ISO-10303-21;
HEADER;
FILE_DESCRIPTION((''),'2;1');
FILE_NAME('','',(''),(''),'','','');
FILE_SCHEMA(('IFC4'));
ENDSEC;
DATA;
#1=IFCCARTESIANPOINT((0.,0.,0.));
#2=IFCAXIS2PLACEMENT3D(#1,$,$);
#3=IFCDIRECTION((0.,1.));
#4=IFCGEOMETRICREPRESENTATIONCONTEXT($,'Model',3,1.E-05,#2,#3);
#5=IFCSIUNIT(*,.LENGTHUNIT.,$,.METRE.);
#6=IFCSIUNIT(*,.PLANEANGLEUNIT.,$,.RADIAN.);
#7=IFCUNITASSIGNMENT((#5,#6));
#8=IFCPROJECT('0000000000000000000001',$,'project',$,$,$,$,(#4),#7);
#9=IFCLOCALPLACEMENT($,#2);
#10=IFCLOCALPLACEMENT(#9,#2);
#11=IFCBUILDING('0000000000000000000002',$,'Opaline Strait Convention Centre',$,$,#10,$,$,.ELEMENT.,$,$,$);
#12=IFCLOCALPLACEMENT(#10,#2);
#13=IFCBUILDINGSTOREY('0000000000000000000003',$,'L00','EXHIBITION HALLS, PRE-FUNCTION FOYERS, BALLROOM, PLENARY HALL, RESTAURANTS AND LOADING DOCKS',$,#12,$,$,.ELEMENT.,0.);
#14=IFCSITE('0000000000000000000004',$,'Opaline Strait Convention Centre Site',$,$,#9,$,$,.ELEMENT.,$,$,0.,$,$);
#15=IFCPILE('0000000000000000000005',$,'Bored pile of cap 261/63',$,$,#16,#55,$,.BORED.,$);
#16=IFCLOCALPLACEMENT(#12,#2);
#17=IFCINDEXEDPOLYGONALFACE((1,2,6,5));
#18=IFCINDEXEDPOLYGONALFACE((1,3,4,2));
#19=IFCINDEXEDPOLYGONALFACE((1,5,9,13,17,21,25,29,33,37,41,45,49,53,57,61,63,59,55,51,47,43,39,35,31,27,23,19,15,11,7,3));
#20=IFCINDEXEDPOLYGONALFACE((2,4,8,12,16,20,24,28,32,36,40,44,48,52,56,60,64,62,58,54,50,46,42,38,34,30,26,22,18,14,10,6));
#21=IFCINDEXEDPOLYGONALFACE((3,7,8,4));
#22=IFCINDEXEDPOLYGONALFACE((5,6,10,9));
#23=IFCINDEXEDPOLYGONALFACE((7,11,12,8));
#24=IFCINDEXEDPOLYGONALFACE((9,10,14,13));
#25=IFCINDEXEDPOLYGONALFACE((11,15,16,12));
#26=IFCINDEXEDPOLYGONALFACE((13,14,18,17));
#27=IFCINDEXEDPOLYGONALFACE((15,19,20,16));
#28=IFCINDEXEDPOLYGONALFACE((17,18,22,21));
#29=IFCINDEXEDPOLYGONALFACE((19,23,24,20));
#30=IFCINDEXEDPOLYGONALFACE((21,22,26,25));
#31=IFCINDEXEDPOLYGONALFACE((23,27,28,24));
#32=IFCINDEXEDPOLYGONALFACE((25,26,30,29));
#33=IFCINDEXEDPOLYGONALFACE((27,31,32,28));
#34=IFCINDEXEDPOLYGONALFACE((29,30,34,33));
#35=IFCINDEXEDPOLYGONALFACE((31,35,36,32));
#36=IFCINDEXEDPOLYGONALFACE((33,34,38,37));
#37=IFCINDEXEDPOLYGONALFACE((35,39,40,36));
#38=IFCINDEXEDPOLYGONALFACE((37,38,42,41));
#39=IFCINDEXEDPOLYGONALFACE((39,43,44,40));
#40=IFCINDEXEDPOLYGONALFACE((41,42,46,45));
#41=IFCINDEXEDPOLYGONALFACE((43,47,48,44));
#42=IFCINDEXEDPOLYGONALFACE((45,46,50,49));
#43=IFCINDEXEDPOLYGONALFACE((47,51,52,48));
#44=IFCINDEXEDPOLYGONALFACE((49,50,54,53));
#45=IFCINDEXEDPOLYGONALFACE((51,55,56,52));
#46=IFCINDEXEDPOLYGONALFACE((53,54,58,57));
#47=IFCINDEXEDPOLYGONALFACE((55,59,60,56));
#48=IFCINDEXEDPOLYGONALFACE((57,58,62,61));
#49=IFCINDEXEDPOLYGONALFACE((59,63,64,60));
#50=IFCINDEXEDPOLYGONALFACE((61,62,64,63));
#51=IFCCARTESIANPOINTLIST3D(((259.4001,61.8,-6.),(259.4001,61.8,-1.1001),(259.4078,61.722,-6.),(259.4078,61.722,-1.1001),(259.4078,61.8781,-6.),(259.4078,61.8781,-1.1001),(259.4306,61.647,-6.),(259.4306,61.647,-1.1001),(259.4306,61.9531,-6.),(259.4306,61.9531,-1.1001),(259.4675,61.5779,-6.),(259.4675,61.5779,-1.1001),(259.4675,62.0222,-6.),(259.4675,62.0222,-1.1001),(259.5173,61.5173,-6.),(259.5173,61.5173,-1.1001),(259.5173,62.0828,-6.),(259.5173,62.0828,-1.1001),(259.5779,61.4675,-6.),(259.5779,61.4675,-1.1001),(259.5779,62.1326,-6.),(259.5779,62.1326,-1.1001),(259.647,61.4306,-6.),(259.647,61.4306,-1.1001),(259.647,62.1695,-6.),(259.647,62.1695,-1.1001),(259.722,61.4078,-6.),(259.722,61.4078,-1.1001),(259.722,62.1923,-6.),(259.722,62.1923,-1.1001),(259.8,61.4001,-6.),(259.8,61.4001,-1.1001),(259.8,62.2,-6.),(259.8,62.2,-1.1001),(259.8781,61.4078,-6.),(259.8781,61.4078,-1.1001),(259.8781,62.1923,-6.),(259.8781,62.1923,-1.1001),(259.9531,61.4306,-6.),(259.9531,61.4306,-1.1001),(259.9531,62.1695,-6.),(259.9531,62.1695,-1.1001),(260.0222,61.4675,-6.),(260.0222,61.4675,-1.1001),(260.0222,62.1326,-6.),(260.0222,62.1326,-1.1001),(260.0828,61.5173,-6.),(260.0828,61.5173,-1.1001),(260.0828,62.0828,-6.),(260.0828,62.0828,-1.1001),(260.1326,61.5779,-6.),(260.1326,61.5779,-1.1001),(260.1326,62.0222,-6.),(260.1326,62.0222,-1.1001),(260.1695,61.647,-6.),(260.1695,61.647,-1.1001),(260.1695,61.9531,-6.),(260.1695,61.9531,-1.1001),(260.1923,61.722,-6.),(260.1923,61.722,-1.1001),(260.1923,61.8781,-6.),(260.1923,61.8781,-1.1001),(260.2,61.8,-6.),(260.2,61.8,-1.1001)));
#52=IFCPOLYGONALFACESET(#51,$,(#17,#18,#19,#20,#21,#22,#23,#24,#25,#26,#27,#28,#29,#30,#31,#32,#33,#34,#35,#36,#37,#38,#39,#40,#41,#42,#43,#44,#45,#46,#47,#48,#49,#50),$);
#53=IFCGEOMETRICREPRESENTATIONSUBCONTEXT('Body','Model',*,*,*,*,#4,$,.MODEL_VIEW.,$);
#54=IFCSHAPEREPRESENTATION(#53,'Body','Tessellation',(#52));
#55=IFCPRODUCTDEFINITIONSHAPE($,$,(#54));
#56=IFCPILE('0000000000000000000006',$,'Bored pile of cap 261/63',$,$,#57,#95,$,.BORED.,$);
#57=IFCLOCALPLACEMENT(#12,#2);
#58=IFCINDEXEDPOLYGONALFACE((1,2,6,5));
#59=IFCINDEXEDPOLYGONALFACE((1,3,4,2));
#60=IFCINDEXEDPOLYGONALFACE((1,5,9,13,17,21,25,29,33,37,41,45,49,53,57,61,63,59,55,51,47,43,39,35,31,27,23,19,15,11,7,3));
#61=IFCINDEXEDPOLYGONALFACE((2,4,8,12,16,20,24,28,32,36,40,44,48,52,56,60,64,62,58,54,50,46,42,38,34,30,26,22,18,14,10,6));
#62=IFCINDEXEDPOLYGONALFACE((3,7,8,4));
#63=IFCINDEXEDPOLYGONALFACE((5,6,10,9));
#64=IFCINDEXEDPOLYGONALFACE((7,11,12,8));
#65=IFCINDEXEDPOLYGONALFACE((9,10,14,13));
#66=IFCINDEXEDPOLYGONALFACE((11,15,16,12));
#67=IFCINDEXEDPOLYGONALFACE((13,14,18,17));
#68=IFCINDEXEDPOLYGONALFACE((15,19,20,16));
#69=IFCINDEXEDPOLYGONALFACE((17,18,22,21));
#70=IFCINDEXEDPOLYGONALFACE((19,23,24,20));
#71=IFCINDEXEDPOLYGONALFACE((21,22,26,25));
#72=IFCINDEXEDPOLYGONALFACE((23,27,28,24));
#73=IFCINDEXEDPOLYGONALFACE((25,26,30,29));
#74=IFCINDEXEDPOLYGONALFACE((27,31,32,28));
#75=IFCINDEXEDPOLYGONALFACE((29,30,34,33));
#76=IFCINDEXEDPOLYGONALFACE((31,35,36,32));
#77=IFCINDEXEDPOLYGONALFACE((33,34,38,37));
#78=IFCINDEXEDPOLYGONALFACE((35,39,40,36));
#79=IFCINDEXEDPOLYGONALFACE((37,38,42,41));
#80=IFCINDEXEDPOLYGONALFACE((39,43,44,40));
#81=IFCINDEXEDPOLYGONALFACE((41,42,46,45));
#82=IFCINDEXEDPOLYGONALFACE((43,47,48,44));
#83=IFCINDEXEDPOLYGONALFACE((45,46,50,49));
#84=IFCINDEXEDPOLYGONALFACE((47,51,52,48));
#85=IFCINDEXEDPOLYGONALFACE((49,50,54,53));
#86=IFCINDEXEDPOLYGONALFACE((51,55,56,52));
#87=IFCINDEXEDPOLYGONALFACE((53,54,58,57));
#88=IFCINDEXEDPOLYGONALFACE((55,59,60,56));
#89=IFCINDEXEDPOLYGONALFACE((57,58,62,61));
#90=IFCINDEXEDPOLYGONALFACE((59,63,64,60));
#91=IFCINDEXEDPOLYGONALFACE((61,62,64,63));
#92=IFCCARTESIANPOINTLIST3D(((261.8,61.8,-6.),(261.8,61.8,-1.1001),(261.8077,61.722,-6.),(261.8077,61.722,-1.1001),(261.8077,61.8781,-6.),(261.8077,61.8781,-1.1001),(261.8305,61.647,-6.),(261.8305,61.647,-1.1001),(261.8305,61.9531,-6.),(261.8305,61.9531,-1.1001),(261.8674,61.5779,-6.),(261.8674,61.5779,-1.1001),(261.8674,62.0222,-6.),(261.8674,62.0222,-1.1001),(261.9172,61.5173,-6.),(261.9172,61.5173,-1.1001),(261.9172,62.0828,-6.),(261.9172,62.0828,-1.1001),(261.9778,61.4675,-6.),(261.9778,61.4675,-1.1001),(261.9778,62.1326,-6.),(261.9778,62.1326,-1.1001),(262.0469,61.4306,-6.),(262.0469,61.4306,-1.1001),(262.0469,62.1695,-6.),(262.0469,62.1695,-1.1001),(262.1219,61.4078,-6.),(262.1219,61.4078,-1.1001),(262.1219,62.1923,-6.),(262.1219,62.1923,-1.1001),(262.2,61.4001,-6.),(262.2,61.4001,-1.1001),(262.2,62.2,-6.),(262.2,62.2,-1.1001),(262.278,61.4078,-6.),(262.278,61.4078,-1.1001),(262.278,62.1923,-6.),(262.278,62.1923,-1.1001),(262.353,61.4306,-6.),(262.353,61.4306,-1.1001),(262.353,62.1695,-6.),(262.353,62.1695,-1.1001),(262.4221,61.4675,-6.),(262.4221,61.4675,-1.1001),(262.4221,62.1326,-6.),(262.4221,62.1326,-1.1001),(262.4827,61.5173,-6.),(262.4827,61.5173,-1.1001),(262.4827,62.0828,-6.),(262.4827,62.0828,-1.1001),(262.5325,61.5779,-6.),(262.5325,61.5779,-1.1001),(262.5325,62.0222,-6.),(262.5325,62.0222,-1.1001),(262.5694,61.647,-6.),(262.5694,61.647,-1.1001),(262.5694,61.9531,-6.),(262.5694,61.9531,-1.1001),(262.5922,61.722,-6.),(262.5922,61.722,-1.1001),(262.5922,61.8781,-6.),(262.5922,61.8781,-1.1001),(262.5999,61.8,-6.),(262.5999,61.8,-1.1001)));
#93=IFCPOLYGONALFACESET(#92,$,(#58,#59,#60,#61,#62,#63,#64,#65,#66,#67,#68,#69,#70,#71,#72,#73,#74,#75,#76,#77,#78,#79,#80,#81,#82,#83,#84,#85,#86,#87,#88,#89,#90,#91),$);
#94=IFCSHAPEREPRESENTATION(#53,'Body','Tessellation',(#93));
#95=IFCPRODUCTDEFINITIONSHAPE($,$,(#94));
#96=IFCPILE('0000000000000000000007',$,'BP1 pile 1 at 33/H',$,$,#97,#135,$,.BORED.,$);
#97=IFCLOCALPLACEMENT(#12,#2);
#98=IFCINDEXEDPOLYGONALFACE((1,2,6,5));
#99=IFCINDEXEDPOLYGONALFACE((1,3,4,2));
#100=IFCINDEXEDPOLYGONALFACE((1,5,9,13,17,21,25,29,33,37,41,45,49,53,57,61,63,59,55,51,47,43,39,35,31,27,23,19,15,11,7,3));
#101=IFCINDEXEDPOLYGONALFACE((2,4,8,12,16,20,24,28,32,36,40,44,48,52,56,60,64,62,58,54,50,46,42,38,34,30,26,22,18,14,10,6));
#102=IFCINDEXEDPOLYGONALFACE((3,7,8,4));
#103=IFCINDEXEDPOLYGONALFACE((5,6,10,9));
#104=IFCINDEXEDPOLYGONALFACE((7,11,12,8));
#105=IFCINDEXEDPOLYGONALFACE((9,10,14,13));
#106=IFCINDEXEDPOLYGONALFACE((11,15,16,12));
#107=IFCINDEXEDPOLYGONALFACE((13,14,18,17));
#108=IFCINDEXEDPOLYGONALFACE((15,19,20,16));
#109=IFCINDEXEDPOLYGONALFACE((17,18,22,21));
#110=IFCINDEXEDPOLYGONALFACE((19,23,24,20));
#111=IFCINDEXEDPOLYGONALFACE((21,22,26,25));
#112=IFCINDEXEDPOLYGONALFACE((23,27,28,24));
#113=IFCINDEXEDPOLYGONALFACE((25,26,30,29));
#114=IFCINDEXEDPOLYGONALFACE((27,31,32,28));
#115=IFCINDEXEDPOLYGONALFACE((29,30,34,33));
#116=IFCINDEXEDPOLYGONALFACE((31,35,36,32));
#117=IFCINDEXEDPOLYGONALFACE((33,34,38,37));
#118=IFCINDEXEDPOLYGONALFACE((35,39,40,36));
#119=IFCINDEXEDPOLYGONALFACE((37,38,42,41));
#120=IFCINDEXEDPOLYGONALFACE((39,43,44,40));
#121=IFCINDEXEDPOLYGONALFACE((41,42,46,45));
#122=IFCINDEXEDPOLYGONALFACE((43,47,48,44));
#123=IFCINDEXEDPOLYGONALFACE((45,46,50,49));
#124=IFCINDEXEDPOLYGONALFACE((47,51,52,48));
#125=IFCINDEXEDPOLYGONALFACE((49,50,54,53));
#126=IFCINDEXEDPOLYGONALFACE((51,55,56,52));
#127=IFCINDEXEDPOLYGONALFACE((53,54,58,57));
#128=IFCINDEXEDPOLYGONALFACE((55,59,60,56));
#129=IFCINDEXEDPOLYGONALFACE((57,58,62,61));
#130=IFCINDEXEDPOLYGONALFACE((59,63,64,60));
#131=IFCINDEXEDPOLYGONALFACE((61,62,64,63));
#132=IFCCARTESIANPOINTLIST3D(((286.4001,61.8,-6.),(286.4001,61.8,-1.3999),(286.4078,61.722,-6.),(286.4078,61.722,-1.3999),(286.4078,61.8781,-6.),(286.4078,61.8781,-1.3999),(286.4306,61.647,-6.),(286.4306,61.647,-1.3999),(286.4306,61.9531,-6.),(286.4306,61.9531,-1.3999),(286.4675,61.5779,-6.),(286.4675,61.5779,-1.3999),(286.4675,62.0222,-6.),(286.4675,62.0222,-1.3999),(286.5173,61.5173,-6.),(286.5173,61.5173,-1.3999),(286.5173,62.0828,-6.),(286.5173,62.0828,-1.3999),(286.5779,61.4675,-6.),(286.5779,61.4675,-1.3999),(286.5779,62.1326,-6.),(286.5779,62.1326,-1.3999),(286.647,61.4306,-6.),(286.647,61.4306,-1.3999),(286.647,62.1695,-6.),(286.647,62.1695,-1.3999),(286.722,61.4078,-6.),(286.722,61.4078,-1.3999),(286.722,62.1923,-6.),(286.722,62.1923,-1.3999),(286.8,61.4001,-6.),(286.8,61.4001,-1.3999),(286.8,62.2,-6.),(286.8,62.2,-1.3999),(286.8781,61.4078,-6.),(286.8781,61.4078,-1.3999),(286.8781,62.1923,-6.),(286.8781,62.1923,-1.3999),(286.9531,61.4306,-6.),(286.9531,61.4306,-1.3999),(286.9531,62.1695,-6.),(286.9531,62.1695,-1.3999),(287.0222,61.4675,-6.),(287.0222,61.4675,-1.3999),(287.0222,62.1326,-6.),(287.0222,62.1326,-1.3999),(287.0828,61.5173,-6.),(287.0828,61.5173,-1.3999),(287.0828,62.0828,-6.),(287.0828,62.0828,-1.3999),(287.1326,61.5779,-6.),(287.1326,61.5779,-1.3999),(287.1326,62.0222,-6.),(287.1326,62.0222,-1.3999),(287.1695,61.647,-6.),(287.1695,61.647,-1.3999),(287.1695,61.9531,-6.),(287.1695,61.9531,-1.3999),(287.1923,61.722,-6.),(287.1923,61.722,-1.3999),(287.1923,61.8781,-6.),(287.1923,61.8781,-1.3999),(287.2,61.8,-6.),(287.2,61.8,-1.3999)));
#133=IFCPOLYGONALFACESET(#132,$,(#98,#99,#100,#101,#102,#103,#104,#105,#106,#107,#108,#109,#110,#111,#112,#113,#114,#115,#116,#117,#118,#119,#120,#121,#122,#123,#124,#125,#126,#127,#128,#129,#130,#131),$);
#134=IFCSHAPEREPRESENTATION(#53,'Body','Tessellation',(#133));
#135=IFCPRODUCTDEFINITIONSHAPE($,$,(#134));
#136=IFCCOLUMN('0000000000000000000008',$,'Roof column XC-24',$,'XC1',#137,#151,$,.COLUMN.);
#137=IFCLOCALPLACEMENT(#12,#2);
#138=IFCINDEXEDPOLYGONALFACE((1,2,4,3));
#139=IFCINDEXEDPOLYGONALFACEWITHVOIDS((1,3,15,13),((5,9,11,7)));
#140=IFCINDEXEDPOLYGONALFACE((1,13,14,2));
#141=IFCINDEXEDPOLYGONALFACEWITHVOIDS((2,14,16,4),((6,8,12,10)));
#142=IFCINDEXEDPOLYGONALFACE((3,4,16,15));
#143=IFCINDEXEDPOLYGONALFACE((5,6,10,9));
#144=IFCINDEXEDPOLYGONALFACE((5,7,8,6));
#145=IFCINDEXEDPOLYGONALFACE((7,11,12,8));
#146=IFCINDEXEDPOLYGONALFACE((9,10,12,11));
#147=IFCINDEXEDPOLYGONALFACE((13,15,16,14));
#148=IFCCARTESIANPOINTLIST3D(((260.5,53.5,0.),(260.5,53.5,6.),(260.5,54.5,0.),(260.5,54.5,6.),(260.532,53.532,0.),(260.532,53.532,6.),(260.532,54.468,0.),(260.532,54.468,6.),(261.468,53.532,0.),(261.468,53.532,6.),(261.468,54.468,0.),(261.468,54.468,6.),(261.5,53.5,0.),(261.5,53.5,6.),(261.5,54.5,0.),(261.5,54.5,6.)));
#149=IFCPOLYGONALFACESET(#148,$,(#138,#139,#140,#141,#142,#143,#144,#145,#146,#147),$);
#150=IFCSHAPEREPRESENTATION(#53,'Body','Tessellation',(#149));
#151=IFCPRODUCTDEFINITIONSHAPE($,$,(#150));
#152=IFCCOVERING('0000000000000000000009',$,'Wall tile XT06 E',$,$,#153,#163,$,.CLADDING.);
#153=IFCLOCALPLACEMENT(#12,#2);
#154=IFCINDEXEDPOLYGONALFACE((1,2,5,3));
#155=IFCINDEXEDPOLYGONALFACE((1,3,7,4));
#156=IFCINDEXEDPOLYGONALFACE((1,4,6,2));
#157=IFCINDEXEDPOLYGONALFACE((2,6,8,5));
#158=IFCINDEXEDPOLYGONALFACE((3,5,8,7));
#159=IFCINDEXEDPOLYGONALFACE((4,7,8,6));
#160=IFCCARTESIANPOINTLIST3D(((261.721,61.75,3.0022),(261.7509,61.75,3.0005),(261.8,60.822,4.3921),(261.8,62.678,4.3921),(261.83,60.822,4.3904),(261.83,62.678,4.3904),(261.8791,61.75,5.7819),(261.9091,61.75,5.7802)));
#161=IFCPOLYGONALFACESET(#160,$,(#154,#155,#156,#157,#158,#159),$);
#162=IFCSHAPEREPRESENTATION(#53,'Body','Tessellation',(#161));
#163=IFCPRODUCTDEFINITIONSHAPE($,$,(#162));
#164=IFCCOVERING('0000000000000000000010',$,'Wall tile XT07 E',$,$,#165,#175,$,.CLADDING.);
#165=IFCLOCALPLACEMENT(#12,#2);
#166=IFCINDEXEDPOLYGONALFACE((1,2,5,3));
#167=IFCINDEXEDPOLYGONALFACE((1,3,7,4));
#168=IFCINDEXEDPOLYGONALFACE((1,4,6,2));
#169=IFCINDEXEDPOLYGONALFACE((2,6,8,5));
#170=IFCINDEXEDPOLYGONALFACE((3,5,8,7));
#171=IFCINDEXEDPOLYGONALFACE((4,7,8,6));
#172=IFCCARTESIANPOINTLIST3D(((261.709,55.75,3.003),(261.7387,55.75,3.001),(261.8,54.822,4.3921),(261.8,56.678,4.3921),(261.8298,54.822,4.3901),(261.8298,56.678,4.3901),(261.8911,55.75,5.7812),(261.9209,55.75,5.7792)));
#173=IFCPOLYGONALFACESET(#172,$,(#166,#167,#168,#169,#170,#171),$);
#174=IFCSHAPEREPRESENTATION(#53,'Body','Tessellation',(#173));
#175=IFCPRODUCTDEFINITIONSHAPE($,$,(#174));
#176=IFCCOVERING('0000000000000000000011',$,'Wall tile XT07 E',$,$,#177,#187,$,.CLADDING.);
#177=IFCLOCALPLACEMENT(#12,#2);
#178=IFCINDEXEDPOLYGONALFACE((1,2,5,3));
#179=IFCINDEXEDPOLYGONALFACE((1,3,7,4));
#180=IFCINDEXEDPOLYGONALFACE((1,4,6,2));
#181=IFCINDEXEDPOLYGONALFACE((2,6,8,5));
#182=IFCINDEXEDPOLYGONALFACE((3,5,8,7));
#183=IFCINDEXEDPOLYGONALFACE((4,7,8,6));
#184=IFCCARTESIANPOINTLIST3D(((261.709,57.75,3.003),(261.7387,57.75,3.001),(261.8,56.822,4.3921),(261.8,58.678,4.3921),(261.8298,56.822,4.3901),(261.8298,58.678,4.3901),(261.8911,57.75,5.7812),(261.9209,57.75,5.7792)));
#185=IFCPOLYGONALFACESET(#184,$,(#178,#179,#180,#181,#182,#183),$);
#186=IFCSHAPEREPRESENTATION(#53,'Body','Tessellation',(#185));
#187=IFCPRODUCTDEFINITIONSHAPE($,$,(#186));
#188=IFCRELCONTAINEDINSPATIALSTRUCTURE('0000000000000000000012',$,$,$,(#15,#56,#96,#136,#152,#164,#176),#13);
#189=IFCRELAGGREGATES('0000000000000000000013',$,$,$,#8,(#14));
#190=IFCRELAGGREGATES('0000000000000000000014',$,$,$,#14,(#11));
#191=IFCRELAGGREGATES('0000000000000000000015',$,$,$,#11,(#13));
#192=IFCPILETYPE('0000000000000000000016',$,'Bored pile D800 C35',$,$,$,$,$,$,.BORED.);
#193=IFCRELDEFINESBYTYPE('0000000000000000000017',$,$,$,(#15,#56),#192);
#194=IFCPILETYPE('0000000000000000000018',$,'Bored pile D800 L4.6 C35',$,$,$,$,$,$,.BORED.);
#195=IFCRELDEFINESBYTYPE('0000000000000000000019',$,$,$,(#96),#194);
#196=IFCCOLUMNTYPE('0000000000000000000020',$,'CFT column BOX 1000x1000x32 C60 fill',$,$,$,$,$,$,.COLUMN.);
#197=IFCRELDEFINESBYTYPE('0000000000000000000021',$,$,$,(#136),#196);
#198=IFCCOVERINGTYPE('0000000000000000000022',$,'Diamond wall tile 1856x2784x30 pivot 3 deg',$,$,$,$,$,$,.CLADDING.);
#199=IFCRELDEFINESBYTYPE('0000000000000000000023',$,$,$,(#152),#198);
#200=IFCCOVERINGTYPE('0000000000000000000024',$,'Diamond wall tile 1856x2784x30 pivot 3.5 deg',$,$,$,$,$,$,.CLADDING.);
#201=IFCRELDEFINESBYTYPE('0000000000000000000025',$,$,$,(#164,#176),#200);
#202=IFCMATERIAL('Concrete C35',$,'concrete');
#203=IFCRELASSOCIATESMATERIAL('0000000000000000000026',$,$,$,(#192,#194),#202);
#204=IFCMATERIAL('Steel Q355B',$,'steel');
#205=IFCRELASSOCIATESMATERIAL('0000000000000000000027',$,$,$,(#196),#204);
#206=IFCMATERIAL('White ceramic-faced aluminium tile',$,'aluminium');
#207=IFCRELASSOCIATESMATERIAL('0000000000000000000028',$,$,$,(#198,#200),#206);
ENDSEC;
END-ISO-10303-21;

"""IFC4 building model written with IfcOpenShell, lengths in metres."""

from ifc_helpers import new_model, si_unit, direction, frame, origin, origin_2d, place, context, subcontext, project, spatial, polyline, hollow_rectangle, circle, outline, extrude, material, material_profile, profile_set, type_object, element, save


model = new_model("IFC4")

# Units and contexts
model_context = context("Model", 3, precision=1e-05, world=origin(), true_north=direction((0.0, 1.0)))
body_context = subcontext(model_context, "Body", "Model", "MODEL_VIEW")
ifc_project = project(units=[si_unit("LENGTHUNIT", "METRE"), si_unit("PLANEANGLEUNIT", "RADIAN")], contexts=[model_context])

# Site, building, storey
site_placement = place(None, origin())
site = spatial("IfcSite", under=ifc_project, at=site_placement, Name="Opaline Strait Convention Centre Site", CompositionType="ELEMENT", RefElevation=0.0)
building_placement = place(site_placement, origin())
building = spatial("IfcBuilding", under=site, at=building_placement, Name="Opaline Strait Convention Centre", CompositionType="ELEMENT")
storey_placement = place(building_placement, origin())
storey = spatial("IfcBuildingStorey", under=building, at=storey_placement, Name="L00", Description="EXHIBITION HALLS, PRE-FUNCTION FOYERS, BALLROOM, PLENARY HALL, RESTAURANTS AND LOADING DOCKS", CompositionType="ELEMENT", Elevation=0.0)

# Piles
ifc_material_1 = material(Name="Concrete C35", Category="concrete")
ifc_material_profile_1 = material_profile(ifc_material_1, circle(Radius=0.3999, at=origin_2d()), Name="D800")
ifc_profile_set_1 = profile_set([ifc_material_profile_1], Name="Concrete C35")
pile_type_1 = type_object("IfcPileType", Name="Bored pile D800 C35", PredefinedType="BORED", material=ifc_profile_set_1)
for number, where, z_axis, x_axis, name in (
    (1, (259.8, 61.8, -1.1001), (0.0, 0.0, -1.0), (1.0, 0.0, 0.0), "Bored pile of cap 261/63"),
    (2, (262.2, 61.8, -1.1001), (0.0, 0.0, -1.0), (1.0, 0.0, 0.0), "Bored pile of cap 261/63"),
):
    element("IfcPile", number, at=place(storey_placement, frame(where, z_axis=z_axis, x_axis=x_axis)), inside=storey, type_object=pile_type_1, Name=name, PredefinedType="BORED", context=body_context, shape_type="SweptSolid", body=[
        extrude(circle(Radius=0.3999, at=origin_2d()), origin(), (0.0, 0.0, 1.0), 4.8999),
    ])
ifc_material_profile_2 = material_profile(ifc_material_1, circle(Radius=0.3999, at=origin_2d()), Name="D800")
ifc_profile_set_2 = profile_set([ifc_material_profile_2], Name="Concrete C35")
pile_type_2 = type_object("IfcPileType", Name="Bored pile D800 L4.6 C35", PredefinedType="BORED", material=ifc_profile_set_2)
pile_placement = place(storey_placement, frame((286.8, 61.8, -1.3999), z_axis=(0.0, 0.0, -1.0), x_axis=(1.0, 0.0, 0.0)))
element("IfcPile", 3, at=pile_placement, inside=storey, type_object=pile_type_2, Name="BP1 pile 1 at 33/H", PredefinedType="BORED", context=body_context, shape_type="SweptSolid", body=[
    extrude(circle(Radius=0.3999, at=origin_2d()), origin(), (0.0, 0.0, 1.0), 4.6001),
])

# Column
ifc_material_2 = material(Name="Steel Q355B", Category="steel")
ifc_material_profile_3 = material_profile(ifc_material_2, hollow_rectangle(XDim=1.0, YDim=1.0, WallThickness=0.032, at=origin_2d()), Name="BOX 1000x1000x32")
ifc_profile_set_3 = profile_set([ifc_material_profile_3], Name="Steel Q355B")
column_type = type_object("IfcColumnType", Name="CFT column BOX 1000x1000x32 C60 fill", PredefinedType="COLUMN", material=ifc_profile_set_3)
column_placement = place(storey_placement, frame((261.0, 54.0, 0.0), z_axis=(0.0, 0.0, 1.0), x_axis=(1.0, 0.0, 0.0)))
element("IfcColumn", 4, at=column_placement, inside=storey, type_object=column_type, Name="Roof column XC-24", ObjectType="XC1", PredefinedType="COLUMN", context=body_context, shape_type="SweptSolid", body=[
    extrude(hollow_rectangle(XDim=1.0, YDim=1.0, WallThickness=0.032, at=origin_2d()), origin(), (0.0, 0.0, 1.0), 6.0),
])

# Coverings
ifc_material_3 = material(Name="White ceramic-faced aluminium tile", Category="aluminium")
ifc_material_profile_4 = material_profile(ifc_material_3, outline(polyline([(0.928, 0.0), (0.0, 1.3921), (-0.928, 0.0), (0.0, -1.3921), (0.928, 0.0)])), Name="Diamond tile 1856x2784")
ifc_profile_set_4 = profile_set([ifc_material_profile_4], Name="White ceramic-faced aluminium tile")
covering_type_1 = type_object("IfcCoveringType", Name="Diamond wall tile 1856x2784x30 pivot 3 deg", PredefinedType="CLADDING", material=ifc_profile_set_4)
covering_1_placement = place(storey_placement, frame((261.8, 61.75, 4.3921), z_axis=(0.998385, 0.0, -0.056819), x_axis=(0.0, 1.0, 0.0)))
element("IfcCovering", 5, at=covering_1_placement, inside=storey, type_object=covering_type_1, Name="Wall tile XT06 E", PredefinedType="CLADDING", context=body_context, shape_type="SweptSolid", body=[
    extrude(outline(polyline([(0.928, 0.0), (0.0, 1.3921), (-0.928, 0.0), (0.0, -1.3921), (0.928, 0.0)])), origin(), (0.0, 0.0, 1.0), 0.03),
])
ifc_material_profile_5 = material_profile(ifc_material_3, outline(polyline([(0.928, 0.0), (0.0, 1.3921), (-0.928, 0.0), (0.0, -1.3921), (0.928, 0.0)])), Name="Diamond tile 1856x2784")
ifc_profile_set_5 = profile_set([ifc_material_profile_5], Name="White ceramic-faced aluminium tile")
covering_type_2 = type_object("IfcCoveringType", Name="Diamond wall tile 1856x2784x30 pivot 3.5 deg", PredefinedType="CLADDING", material=ifc_profile_set_5)
for number, where, z_axis, x_axis, name in (
    (6, (261.8, 55.75, 4.3921), (0.997857, 0.0, -0.065433), (0.0, 1.0, 0.0), "Wall tile XT07 E"),
    (7, (261.8, 57.75, 4.3921), (0.997857, 0.0, -0.065433), (0.0, 1.0, 0.0), "Wall tile XT07 E"),
):
    element("IfcCovering", number, at=place(storey_placement, frame(where, z_axis=z_axis, x_axis=x_axis)), inside=storey, type_object=covering_type_2, Name=name, PredefinedType="CLADDING", context=body_context, shape_type="SweptSolid", body=[
        extrude(outline(polyline([(0.928, 0.0), (0.0, 1.3921), (-0.928, 0.0), (0.0, -1.3921), (0.928, 0.0)])), origin(), (0.0, 0.0, 1.0), 0.0298),
    ])

save(model, "model.ifc")
